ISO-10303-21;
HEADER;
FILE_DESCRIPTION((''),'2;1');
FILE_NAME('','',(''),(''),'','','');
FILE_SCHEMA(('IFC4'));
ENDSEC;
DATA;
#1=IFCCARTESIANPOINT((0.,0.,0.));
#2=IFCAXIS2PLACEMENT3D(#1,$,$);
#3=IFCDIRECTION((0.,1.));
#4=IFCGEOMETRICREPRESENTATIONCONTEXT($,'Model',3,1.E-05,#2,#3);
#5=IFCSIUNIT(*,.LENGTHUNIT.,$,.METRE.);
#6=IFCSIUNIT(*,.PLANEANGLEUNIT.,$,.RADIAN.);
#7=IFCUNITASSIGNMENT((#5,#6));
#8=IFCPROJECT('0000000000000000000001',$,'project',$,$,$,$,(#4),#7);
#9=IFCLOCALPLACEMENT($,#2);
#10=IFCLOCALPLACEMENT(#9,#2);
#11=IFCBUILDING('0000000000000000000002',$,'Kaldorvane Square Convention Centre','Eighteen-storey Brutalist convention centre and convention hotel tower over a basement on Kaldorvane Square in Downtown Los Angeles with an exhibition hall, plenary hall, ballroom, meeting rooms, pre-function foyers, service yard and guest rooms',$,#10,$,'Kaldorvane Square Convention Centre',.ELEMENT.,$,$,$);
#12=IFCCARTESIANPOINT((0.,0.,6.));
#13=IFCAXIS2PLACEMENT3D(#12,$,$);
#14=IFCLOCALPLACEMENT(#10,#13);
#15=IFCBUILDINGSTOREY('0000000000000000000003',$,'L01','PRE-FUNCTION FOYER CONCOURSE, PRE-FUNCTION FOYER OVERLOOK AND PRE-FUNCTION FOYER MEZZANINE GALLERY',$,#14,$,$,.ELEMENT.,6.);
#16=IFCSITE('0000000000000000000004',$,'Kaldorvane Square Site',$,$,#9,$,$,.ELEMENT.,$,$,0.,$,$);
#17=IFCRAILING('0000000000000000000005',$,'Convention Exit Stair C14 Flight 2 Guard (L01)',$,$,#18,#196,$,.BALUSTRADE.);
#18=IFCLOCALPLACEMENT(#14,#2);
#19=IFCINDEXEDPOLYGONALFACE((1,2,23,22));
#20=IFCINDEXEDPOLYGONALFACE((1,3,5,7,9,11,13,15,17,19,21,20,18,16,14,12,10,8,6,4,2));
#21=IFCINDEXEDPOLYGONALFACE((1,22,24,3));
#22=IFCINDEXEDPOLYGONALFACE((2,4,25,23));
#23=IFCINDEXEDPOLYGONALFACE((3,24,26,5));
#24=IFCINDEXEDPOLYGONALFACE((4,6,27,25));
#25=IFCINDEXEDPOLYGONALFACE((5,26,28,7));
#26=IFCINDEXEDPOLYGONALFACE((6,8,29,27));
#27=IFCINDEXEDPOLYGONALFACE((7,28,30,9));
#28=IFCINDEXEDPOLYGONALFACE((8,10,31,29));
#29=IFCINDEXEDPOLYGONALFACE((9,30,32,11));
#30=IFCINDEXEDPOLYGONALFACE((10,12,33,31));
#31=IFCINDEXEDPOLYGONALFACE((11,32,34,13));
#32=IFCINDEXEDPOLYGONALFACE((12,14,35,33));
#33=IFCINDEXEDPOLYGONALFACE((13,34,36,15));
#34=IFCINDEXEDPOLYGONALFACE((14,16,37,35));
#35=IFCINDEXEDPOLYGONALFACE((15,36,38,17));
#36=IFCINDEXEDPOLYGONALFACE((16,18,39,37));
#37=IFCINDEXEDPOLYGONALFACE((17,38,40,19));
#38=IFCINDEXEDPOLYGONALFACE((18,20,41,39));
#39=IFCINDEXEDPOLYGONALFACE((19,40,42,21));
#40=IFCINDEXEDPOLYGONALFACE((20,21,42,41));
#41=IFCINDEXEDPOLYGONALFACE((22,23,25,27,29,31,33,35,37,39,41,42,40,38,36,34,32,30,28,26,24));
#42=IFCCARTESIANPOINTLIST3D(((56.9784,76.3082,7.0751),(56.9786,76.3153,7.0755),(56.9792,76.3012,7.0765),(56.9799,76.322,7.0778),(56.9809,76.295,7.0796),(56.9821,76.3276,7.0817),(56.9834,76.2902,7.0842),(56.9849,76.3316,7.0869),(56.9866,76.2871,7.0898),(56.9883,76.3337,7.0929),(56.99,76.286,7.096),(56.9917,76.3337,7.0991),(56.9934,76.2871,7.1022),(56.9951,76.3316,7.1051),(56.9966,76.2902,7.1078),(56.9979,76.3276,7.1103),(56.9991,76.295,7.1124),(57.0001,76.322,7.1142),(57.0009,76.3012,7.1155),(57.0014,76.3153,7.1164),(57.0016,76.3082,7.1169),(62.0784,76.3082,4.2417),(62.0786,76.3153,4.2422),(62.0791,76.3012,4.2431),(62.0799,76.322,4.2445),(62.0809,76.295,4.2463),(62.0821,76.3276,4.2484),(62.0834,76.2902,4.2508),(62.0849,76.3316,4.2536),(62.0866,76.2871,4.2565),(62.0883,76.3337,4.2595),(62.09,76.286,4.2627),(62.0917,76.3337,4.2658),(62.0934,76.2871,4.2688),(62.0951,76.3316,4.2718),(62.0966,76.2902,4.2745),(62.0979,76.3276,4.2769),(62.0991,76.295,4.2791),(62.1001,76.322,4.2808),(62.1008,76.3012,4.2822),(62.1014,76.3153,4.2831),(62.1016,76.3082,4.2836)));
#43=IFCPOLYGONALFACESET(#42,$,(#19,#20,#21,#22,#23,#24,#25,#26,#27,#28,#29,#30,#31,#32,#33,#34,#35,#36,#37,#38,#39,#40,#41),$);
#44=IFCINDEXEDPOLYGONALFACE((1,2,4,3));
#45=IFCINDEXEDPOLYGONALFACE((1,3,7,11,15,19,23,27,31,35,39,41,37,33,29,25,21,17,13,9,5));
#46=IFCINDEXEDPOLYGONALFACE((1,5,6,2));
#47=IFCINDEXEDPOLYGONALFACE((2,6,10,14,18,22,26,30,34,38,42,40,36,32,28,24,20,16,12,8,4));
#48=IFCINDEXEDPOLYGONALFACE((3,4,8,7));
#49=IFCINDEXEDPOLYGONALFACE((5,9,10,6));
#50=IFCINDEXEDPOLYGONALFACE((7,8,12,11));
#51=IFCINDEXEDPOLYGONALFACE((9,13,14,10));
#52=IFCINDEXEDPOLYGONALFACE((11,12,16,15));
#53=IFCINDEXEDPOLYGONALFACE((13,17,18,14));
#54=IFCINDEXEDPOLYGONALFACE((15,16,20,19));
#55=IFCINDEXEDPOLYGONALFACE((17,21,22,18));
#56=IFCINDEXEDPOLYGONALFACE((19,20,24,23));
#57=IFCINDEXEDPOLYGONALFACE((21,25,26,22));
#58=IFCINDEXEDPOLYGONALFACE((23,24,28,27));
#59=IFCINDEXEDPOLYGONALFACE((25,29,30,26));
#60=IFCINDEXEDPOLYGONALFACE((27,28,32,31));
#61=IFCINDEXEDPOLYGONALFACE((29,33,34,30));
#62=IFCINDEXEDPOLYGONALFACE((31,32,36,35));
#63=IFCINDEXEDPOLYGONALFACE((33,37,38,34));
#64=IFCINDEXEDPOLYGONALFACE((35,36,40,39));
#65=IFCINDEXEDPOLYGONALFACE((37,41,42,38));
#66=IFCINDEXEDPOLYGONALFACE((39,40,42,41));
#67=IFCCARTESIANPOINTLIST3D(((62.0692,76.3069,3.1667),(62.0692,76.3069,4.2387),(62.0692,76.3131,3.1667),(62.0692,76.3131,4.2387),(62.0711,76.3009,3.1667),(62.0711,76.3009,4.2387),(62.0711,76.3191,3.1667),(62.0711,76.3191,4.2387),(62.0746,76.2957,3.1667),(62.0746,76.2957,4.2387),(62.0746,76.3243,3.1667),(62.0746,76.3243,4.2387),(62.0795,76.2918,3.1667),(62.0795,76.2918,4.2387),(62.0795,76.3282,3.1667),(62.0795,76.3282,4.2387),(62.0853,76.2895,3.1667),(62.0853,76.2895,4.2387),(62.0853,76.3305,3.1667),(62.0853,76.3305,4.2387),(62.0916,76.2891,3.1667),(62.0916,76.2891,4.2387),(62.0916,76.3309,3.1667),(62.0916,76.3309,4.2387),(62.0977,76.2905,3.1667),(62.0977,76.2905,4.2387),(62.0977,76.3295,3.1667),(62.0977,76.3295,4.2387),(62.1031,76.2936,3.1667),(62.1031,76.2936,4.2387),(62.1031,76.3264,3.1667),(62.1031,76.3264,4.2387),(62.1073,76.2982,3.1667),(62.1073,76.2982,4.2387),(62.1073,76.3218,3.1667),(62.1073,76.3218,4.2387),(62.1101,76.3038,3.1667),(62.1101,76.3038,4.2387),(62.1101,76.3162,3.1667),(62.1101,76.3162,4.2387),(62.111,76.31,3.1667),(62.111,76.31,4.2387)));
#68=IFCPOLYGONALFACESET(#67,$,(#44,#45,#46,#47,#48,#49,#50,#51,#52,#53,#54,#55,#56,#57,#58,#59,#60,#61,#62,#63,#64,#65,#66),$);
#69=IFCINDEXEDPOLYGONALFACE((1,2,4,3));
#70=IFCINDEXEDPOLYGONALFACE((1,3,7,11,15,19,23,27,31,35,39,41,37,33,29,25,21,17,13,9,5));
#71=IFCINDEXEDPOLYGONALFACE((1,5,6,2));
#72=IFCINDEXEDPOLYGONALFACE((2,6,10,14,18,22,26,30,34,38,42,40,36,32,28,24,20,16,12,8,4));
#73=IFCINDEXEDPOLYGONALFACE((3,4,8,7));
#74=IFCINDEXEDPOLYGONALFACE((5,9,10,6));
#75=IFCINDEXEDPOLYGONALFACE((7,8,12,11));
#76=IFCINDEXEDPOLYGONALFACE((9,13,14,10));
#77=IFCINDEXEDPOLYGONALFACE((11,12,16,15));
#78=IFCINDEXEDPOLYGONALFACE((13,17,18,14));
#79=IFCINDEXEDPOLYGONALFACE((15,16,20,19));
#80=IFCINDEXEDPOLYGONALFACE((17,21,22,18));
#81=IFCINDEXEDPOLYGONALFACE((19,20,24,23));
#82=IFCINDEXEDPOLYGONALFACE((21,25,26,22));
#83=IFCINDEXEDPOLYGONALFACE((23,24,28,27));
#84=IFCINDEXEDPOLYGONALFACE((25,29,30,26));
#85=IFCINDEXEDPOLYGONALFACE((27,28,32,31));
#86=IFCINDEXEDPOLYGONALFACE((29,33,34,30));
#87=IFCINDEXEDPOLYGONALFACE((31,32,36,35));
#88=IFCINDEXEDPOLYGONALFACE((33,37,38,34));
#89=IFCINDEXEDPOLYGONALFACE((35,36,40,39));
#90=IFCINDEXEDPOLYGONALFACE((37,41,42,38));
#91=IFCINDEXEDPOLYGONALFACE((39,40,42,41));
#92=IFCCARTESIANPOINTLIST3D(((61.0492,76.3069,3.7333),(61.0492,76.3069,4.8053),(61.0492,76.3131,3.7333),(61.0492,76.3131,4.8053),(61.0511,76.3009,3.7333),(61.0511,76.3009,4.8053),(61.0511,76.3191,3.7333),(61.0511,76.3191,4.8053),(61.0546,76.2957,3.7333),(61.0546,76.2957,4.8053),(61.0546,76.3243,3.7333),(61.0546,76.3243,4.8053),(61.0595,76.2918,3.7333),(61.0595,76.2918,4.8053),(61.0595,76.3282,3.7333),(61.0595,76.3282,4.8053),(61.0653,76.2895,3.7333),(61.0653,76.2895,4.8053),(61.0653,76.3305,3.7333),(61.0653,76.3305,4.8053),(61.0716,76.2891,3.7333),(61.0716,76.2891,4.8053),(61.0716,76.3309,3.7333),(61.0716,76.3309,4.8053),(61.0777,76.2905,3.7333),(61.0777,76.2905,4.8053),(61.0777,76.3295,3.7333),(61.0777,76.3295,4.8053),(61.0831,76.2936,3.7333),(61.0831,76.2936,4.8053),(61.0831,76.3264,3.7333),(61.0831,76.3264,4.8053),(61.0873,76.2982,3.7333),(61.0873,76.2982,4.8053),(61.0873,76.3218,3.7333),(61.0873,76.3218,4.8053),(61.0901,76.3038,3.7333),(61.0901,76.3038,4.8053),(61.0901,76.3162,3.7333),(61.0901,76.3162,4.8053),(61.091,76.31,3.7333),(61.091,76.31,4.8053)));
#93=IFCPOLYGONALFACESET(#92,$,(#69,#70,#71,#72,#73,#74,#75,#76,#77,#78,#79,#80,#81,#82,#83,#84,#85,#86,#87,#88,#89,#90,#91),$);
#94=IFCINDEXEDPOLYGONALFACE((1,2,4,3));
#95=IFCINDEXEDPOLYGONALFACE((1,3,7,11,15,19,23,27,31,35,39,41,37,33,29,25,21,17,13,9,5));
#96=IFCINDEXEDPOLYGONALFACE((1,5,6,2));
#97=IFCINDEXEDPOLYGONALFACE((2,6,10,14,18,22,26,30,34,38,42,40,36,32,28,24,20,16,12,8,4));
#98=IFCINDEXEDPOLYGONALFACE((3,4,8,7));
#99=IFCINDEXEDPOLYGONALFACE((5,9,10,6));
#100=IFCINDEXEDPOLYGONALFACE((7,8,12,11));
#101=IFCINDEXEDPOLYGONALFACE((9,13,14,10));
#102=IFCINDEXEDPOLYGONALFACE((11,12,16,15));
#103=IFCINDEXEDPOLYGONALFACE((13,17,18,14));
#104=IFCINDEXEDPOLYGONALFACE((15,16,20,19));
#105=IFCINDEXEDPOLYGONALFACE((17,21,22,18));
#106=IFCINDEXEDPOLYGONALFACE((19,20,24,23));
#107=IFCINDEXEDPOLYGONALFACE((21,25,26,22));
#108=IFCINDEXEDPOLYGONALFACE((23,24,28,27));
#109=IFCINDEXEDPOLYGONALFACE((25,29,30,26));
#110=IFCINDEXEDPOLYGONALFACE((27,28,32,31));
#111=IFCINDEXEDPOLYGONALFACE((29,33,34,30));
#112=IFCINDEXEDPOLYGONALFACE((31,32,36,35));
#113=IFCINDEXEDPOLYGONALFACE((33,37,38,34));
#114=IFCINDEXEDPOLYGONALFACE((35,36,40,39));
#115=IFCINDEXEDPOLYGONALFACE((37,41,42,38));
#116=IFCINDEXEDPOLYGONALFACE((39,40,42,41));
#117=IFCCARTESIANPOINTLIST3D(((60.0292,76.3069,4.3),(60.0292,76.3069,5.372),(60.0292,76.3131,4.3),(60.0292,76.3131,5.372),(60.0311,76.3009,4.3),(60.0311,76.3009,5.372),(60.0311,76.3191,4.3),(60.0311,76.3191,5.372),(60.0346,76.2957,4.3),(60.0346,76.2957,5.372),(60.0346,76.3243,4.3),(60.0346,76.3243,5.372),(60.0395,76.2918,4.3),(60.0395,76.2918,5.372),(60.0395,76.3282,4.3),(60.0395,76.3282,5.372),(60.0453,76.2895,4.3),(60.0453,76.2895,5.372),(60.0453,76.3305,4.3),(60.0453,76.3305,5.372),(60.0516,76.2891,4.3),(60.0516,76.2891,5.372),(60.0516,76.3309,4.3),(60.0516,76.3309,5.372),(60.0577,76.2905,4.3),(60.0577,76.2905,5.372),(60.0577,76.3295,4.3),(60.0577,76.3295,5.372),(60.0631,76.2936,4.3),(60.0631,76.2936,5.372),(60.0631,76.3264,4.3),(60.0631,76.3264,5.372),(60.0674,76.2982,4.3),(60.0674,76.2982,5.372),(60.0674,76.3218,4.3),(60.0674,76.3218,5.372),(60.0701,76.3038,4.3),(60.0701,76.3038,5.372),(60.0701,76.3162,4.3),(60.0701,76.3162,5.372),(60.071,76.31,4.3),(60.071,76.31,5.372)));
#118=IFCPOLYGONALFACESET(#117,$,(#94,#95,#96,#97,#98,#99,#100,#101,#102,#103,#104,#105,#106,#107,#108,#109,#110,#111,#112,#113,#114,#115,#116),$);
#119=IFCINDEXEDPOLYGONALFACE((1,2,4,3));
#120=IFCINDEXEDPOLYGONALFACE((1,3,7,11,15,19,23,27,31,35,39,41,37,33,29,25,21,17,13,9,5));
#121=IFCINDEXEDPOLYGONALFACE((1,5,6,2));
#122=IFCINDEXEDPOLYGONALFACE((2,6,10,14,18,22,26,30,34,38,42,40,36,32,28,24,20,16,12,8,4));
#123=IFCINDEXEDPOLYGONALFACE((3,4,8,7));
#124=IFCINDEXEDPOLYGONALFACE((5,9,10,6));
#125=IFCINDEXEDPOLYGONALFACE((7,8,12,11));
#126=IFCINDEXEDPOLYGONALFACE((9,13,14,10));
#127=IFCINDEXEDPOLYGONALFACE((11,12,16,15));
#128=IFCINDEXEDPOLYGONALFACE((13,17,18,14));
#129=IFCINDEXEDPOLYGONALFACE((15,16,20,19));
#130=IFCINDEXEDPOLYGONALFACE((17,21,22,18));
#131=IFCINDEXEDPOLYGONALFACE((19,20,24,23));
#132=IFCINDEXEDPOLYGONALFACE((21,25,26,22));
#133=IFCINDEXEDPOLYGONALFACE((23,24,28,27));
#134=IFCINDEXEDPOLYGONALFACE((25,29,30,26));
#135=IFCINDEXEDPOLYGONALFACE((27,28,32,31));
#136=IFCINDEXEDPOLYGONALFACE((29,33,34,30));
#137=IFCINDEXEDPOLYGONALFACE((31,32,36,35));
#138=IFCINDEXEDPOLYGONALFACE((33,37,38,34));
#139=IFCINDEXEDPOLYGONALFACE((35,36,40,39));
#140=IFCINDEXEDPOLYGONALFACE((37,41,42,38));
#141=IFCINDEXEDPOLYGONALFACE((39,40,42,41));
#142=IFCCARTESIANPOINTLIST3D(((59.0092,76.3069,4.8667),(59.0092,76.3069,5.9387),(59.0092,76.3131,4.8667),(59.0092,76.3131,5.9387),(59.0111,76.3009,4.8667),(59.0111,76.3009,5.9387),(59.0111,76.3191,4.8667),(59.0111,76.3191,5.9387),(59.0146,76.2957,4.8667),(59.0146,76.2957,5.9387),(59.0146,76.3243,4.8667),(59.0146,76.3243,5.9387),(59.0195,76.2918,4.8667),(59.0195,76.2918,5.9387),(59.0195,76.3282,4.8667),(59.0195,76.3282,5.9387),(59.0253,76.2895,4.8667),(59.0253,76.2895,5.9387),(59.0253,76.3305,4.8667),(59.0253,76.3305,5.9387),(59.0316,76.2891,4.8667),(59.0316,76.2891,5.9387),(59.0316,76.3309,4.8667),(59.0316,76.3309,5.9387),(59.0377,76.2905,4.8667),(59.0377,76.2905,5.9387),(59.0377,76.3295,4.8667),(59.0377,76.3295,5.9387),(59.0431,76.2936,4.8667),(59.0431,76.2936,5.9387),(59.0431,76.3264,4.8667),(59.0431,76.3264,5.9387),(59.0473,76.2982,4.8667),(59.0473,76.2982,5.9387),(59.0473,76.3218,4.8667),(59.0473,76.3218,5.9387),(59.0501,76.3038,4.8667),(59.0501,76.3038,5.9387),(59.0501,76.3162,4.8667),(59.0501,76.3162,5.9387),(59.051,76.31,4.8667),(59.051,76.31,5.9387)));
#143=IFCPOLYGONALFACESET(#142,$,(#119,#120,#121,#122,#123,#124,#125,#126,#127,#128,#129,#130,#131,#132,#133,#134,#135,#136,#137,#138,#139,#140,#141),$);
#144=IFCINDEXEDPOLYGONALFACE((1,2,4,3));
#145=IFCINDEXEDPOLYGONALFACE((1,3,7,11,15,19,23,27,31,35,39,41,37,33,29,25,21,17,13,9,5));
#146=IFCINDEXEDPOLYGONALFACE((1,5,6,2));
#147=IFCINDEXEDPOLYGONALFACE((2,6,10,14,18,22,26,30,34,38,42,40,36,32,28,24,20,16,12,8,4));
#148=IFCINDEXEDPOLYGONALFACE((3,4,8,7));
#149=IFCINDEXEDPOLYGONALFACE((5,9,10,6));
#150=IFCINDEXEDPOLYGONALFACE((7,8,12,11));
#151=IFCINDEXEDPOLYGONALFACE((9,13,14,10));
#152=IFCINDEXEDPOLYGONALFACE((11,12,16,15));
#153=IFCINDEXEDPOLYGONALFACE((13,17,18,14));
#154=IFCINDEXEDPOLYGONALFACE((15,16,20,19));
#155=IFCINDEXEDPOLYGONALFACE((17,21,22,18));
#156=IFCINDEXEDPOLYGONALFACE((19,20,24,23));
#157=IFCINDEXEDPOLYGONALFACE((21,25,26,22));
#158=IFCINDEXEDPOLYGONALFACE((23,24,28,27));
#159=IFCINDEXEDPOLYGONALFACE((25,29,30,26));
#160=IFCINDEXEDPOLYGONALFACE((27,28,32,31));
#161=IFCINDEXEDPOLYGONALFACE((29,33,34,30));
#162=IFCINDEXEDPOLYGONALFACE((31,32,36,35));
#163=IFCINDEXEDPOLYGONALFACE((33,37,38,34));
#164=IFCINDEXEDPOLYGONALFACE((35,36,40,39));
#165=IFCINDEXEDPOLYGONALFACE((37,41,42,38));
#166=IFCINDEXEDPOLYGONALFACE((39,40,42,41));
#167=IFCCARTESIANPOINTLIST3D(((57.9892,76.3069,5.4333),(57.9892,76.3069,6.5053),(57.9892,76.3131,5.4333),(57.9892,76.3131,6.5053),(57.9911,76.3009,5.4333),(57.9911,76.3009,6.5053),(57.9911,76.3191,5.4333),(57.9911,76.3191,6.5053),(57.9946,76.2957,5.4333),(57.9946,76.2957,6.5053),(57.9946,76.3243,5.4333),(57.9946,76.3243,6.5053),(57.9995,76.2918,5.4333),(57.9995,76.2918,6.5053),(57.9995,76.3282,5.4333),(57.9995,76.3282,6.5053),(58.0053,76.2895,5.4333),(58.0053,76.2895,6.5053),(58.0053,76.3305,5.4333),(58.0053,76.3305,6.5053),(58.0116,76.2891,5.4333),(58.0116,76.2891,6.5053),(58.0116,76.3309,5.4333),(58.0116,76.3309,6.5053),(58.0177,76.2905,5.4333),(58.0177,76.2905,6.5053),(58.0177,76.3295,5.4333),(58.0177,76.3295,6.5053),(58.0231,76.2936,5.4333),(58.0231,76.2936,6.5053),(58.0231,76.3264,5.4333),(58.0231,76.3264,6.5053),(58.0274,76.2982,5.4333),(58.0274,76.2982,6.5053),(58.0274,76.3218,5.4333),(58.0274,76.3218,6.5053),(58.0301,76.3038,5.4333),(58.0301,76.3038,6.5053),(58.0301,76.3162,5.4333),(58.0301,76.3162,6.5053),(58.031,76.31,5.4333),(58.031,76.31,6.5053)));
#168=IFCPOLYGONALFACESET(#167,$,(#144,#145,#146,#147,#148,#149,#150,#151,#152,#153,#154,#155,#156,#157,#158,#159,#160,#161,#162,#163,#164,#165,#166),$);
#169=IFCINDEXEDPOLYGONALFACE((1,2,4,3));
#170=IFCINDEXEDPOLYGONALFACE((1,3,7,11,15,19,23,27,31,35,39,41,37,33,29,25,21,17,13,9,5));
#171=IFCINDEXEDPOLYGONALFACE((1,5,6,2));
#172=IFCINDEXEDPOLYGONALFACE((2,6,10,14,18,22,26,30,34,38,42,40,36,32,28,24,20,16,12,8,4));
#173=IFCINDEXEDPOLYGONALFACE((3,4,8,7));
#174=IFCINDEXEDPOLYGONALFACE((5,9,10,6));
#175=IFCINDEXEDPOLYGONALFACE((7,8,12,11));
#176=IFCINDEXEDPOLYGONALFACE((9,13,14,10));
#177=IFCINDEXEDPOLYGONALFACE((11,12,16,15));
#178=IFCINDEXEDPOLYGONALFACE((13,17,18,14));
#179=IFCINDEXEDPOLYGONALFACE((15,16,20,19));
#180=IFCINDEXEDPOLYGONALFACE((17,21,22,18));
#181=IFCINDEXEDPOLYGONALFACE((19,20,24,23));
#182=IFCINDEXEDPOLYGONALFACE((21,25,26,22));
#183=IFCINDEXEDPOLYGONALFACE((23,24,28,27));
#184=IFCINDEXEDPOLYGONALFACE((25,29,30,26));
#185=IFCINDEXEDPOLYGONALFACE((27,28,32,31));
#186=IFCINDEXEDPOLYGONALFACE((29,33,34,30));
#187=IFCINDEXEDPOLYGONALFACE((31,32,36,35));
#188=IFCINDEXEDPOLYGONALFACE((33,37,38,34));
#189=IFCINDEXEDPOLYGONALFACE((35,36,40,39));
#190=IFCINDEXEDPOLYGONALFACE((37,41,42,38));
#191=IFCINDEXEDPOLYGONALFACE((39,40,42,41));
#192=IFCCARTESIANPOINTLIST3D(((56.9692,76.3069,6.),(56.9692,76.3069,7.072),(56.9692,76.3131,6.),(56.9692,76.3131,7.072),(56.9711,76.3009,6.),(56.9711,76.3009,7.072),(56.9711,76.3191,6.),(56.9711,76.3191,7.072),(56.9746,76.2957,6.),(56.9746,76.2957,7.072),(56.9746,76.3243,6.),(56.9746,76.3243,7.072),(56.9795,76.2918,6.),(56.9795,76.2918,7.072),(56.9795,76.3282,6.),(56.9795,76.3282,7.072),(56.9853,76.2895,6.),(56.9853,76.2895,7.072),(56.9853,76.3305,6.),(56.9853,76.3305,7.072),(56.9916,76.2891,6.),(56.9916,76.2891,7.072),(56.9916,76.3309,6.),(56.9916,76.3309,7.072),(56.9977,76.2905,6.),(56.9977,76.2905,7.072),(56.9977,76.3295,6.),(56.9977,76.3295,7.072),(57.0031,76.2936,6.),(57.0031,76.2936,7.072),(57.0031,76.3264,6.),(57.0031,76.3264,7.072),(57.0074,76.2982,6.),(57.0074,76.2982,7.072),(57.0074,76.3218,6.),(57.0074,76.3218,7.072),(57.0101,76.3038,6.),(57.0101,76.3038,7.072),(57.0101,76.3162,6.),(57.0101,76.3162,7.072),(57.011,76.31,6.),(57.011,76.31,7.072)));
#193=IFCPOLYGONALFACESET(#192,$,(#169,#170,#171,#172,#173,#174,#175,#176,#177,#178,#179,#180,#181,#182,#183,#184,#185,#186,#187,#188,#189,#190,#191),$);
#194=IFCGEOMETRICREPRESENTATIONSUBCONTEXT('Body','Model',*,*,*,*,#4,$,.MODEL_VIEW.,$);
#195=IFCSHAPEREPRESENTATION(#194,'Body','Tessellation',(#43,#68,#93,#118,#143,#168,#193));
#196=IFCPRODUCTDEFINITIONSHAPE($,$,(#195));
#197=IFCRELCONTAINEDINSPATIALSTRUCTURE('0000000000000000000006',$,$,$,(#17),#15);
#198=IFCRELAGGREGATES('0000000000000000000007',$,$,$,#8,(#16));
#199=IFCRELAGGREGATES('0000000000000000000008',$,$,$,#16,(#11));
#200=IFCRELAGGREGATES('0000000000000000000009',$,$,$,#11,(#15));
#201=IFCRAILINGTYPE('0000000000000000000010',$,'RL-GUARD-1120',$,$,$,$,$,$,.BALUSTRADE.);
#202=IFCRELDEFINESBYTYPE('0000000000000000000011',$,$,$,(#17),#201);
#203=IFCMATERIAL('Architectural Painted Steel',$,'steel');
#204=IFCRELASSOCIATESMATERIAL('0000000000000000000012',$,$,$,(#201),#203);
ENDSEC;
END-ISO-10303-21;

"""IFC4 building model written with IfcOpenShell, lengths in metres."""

from ifc_helpers import new_model, si_unit, direction, frame, origin, origin_2d, place, context, subcontext, project, spatial, circle, extrude, material, type_object, element, save


model = new_model("IFC4")

# Units and contexts
model_context = context("Model", 3, precision=1e-05, world=origin(), true_north=direction((0.0, 1.0)))
body_context = subcontext(model_context, "Body", "Model", "MODEL_VIEW")
ifc_project = project(units=[si_unit("LENGTHUNIT", "METRE"), si_unit("PLANEANGLEUNIT", "RADIAN")], contexts=[model_context])

# Site, building, storey
site_placement = place(None, origin())
site = spatial("IfcSite", under=ifc_project, at=site_placement, Name="Kaldorvane Square Site", CompositionType="ELEMENT", RefElevation=0.0)
building_placement = place(site_placement, origin())
building = spatial("IfcBuilding", under=site, at=building_placement, Name="Kaldorvane Square Convention Centre", Description="Eighteen-storey Brutalist convention centre and convention hotel tower over a basement on Kaldorvane Square in Downtown Los Angeles with an exhibition hall, plenary hall, ballroom, meeting rooms, pre-function foyers, service yard and guest rooms", LongName="Kaldorvane Square Convention Centre", CompositionType="ELEMENT")
storey_placement = place(building_placement, frame((0.0, 0.0, 6.0)))
storey = spatial("IfcBuildingStorey", under=building, at=storey_placement, Name="L01", Description="PRE-FUNCTION FOYER CONCOURSE, PRE-FUNCTION FOYER OVERLOOK AND PRE-FUNCTION FOYER MEZZANINE GALLERY", CompositionType="ELEMENT", Elevation=6.0)

# Railing
ifc_material_1 = material(Name="Architectural Painted Steel", Category="steel")
railing_type_1 = type_object("IfcRailingType", Name="RL-GUARD-1120", PredefinedType="BALUSTRADE", material=ifc_material_1)
railing_1_placement = place(storey_placement, frame((62.09, 76.31, 3.1667)))
element("IfcRailing", 1, at=railing_1_placement, inside=storey, type_object=railing_type_1, Name="Convention Exit Stair C14 Flight 2 Guard (L01)", PredefinedType="BALUSTRADE", context=body_context, shape_type="SweptSolid", body=[
    extrude(circle(Radius=0.024, at=origin_2d()), frame((0.0, 0.0, 1.096), z_axis=(-0.874157, 0.0, 0.485643), x_axis=(0.0, -1.0, 0.0)), (0.0, 0.0, 1.0), 5.8342),
    extrude(circle(Radius=0.021, at=origin_2d()), origin(), (0.0, 0.0, 1.0), 1.072),
    extrude(circle(Radius=0.021, at=origin_2d()), frame((-1.02, 0.0, 0.5667)), (0.0, 0.0, 1.0), 1.072),
    extrude(circle(Radius=0.021, at=origin_2d()), frame((-2.04, 0.0, 1.1333)), (0.0, 0.0, 1.0), 1.072),
    extrude(circle(Radius=0.021, at=origin_2d()), frame((-3.06, 0.0, 1.7)), (0.0, 0.0, 1.0), 1.072),
    extrude(circle(Radius=0.021, at=origin_2d()), frame((-4.08, 0.0, 2.2667)), (0.0, 0.0, 1.0), 1.072),
    extrude(circle(Radius=0.021, at=origin_2d()), frame((-5.1, 0.0, 2.8333)), (0.0, 0.0, 1.0), 1.072),
])

save(model, "model.ifc")
